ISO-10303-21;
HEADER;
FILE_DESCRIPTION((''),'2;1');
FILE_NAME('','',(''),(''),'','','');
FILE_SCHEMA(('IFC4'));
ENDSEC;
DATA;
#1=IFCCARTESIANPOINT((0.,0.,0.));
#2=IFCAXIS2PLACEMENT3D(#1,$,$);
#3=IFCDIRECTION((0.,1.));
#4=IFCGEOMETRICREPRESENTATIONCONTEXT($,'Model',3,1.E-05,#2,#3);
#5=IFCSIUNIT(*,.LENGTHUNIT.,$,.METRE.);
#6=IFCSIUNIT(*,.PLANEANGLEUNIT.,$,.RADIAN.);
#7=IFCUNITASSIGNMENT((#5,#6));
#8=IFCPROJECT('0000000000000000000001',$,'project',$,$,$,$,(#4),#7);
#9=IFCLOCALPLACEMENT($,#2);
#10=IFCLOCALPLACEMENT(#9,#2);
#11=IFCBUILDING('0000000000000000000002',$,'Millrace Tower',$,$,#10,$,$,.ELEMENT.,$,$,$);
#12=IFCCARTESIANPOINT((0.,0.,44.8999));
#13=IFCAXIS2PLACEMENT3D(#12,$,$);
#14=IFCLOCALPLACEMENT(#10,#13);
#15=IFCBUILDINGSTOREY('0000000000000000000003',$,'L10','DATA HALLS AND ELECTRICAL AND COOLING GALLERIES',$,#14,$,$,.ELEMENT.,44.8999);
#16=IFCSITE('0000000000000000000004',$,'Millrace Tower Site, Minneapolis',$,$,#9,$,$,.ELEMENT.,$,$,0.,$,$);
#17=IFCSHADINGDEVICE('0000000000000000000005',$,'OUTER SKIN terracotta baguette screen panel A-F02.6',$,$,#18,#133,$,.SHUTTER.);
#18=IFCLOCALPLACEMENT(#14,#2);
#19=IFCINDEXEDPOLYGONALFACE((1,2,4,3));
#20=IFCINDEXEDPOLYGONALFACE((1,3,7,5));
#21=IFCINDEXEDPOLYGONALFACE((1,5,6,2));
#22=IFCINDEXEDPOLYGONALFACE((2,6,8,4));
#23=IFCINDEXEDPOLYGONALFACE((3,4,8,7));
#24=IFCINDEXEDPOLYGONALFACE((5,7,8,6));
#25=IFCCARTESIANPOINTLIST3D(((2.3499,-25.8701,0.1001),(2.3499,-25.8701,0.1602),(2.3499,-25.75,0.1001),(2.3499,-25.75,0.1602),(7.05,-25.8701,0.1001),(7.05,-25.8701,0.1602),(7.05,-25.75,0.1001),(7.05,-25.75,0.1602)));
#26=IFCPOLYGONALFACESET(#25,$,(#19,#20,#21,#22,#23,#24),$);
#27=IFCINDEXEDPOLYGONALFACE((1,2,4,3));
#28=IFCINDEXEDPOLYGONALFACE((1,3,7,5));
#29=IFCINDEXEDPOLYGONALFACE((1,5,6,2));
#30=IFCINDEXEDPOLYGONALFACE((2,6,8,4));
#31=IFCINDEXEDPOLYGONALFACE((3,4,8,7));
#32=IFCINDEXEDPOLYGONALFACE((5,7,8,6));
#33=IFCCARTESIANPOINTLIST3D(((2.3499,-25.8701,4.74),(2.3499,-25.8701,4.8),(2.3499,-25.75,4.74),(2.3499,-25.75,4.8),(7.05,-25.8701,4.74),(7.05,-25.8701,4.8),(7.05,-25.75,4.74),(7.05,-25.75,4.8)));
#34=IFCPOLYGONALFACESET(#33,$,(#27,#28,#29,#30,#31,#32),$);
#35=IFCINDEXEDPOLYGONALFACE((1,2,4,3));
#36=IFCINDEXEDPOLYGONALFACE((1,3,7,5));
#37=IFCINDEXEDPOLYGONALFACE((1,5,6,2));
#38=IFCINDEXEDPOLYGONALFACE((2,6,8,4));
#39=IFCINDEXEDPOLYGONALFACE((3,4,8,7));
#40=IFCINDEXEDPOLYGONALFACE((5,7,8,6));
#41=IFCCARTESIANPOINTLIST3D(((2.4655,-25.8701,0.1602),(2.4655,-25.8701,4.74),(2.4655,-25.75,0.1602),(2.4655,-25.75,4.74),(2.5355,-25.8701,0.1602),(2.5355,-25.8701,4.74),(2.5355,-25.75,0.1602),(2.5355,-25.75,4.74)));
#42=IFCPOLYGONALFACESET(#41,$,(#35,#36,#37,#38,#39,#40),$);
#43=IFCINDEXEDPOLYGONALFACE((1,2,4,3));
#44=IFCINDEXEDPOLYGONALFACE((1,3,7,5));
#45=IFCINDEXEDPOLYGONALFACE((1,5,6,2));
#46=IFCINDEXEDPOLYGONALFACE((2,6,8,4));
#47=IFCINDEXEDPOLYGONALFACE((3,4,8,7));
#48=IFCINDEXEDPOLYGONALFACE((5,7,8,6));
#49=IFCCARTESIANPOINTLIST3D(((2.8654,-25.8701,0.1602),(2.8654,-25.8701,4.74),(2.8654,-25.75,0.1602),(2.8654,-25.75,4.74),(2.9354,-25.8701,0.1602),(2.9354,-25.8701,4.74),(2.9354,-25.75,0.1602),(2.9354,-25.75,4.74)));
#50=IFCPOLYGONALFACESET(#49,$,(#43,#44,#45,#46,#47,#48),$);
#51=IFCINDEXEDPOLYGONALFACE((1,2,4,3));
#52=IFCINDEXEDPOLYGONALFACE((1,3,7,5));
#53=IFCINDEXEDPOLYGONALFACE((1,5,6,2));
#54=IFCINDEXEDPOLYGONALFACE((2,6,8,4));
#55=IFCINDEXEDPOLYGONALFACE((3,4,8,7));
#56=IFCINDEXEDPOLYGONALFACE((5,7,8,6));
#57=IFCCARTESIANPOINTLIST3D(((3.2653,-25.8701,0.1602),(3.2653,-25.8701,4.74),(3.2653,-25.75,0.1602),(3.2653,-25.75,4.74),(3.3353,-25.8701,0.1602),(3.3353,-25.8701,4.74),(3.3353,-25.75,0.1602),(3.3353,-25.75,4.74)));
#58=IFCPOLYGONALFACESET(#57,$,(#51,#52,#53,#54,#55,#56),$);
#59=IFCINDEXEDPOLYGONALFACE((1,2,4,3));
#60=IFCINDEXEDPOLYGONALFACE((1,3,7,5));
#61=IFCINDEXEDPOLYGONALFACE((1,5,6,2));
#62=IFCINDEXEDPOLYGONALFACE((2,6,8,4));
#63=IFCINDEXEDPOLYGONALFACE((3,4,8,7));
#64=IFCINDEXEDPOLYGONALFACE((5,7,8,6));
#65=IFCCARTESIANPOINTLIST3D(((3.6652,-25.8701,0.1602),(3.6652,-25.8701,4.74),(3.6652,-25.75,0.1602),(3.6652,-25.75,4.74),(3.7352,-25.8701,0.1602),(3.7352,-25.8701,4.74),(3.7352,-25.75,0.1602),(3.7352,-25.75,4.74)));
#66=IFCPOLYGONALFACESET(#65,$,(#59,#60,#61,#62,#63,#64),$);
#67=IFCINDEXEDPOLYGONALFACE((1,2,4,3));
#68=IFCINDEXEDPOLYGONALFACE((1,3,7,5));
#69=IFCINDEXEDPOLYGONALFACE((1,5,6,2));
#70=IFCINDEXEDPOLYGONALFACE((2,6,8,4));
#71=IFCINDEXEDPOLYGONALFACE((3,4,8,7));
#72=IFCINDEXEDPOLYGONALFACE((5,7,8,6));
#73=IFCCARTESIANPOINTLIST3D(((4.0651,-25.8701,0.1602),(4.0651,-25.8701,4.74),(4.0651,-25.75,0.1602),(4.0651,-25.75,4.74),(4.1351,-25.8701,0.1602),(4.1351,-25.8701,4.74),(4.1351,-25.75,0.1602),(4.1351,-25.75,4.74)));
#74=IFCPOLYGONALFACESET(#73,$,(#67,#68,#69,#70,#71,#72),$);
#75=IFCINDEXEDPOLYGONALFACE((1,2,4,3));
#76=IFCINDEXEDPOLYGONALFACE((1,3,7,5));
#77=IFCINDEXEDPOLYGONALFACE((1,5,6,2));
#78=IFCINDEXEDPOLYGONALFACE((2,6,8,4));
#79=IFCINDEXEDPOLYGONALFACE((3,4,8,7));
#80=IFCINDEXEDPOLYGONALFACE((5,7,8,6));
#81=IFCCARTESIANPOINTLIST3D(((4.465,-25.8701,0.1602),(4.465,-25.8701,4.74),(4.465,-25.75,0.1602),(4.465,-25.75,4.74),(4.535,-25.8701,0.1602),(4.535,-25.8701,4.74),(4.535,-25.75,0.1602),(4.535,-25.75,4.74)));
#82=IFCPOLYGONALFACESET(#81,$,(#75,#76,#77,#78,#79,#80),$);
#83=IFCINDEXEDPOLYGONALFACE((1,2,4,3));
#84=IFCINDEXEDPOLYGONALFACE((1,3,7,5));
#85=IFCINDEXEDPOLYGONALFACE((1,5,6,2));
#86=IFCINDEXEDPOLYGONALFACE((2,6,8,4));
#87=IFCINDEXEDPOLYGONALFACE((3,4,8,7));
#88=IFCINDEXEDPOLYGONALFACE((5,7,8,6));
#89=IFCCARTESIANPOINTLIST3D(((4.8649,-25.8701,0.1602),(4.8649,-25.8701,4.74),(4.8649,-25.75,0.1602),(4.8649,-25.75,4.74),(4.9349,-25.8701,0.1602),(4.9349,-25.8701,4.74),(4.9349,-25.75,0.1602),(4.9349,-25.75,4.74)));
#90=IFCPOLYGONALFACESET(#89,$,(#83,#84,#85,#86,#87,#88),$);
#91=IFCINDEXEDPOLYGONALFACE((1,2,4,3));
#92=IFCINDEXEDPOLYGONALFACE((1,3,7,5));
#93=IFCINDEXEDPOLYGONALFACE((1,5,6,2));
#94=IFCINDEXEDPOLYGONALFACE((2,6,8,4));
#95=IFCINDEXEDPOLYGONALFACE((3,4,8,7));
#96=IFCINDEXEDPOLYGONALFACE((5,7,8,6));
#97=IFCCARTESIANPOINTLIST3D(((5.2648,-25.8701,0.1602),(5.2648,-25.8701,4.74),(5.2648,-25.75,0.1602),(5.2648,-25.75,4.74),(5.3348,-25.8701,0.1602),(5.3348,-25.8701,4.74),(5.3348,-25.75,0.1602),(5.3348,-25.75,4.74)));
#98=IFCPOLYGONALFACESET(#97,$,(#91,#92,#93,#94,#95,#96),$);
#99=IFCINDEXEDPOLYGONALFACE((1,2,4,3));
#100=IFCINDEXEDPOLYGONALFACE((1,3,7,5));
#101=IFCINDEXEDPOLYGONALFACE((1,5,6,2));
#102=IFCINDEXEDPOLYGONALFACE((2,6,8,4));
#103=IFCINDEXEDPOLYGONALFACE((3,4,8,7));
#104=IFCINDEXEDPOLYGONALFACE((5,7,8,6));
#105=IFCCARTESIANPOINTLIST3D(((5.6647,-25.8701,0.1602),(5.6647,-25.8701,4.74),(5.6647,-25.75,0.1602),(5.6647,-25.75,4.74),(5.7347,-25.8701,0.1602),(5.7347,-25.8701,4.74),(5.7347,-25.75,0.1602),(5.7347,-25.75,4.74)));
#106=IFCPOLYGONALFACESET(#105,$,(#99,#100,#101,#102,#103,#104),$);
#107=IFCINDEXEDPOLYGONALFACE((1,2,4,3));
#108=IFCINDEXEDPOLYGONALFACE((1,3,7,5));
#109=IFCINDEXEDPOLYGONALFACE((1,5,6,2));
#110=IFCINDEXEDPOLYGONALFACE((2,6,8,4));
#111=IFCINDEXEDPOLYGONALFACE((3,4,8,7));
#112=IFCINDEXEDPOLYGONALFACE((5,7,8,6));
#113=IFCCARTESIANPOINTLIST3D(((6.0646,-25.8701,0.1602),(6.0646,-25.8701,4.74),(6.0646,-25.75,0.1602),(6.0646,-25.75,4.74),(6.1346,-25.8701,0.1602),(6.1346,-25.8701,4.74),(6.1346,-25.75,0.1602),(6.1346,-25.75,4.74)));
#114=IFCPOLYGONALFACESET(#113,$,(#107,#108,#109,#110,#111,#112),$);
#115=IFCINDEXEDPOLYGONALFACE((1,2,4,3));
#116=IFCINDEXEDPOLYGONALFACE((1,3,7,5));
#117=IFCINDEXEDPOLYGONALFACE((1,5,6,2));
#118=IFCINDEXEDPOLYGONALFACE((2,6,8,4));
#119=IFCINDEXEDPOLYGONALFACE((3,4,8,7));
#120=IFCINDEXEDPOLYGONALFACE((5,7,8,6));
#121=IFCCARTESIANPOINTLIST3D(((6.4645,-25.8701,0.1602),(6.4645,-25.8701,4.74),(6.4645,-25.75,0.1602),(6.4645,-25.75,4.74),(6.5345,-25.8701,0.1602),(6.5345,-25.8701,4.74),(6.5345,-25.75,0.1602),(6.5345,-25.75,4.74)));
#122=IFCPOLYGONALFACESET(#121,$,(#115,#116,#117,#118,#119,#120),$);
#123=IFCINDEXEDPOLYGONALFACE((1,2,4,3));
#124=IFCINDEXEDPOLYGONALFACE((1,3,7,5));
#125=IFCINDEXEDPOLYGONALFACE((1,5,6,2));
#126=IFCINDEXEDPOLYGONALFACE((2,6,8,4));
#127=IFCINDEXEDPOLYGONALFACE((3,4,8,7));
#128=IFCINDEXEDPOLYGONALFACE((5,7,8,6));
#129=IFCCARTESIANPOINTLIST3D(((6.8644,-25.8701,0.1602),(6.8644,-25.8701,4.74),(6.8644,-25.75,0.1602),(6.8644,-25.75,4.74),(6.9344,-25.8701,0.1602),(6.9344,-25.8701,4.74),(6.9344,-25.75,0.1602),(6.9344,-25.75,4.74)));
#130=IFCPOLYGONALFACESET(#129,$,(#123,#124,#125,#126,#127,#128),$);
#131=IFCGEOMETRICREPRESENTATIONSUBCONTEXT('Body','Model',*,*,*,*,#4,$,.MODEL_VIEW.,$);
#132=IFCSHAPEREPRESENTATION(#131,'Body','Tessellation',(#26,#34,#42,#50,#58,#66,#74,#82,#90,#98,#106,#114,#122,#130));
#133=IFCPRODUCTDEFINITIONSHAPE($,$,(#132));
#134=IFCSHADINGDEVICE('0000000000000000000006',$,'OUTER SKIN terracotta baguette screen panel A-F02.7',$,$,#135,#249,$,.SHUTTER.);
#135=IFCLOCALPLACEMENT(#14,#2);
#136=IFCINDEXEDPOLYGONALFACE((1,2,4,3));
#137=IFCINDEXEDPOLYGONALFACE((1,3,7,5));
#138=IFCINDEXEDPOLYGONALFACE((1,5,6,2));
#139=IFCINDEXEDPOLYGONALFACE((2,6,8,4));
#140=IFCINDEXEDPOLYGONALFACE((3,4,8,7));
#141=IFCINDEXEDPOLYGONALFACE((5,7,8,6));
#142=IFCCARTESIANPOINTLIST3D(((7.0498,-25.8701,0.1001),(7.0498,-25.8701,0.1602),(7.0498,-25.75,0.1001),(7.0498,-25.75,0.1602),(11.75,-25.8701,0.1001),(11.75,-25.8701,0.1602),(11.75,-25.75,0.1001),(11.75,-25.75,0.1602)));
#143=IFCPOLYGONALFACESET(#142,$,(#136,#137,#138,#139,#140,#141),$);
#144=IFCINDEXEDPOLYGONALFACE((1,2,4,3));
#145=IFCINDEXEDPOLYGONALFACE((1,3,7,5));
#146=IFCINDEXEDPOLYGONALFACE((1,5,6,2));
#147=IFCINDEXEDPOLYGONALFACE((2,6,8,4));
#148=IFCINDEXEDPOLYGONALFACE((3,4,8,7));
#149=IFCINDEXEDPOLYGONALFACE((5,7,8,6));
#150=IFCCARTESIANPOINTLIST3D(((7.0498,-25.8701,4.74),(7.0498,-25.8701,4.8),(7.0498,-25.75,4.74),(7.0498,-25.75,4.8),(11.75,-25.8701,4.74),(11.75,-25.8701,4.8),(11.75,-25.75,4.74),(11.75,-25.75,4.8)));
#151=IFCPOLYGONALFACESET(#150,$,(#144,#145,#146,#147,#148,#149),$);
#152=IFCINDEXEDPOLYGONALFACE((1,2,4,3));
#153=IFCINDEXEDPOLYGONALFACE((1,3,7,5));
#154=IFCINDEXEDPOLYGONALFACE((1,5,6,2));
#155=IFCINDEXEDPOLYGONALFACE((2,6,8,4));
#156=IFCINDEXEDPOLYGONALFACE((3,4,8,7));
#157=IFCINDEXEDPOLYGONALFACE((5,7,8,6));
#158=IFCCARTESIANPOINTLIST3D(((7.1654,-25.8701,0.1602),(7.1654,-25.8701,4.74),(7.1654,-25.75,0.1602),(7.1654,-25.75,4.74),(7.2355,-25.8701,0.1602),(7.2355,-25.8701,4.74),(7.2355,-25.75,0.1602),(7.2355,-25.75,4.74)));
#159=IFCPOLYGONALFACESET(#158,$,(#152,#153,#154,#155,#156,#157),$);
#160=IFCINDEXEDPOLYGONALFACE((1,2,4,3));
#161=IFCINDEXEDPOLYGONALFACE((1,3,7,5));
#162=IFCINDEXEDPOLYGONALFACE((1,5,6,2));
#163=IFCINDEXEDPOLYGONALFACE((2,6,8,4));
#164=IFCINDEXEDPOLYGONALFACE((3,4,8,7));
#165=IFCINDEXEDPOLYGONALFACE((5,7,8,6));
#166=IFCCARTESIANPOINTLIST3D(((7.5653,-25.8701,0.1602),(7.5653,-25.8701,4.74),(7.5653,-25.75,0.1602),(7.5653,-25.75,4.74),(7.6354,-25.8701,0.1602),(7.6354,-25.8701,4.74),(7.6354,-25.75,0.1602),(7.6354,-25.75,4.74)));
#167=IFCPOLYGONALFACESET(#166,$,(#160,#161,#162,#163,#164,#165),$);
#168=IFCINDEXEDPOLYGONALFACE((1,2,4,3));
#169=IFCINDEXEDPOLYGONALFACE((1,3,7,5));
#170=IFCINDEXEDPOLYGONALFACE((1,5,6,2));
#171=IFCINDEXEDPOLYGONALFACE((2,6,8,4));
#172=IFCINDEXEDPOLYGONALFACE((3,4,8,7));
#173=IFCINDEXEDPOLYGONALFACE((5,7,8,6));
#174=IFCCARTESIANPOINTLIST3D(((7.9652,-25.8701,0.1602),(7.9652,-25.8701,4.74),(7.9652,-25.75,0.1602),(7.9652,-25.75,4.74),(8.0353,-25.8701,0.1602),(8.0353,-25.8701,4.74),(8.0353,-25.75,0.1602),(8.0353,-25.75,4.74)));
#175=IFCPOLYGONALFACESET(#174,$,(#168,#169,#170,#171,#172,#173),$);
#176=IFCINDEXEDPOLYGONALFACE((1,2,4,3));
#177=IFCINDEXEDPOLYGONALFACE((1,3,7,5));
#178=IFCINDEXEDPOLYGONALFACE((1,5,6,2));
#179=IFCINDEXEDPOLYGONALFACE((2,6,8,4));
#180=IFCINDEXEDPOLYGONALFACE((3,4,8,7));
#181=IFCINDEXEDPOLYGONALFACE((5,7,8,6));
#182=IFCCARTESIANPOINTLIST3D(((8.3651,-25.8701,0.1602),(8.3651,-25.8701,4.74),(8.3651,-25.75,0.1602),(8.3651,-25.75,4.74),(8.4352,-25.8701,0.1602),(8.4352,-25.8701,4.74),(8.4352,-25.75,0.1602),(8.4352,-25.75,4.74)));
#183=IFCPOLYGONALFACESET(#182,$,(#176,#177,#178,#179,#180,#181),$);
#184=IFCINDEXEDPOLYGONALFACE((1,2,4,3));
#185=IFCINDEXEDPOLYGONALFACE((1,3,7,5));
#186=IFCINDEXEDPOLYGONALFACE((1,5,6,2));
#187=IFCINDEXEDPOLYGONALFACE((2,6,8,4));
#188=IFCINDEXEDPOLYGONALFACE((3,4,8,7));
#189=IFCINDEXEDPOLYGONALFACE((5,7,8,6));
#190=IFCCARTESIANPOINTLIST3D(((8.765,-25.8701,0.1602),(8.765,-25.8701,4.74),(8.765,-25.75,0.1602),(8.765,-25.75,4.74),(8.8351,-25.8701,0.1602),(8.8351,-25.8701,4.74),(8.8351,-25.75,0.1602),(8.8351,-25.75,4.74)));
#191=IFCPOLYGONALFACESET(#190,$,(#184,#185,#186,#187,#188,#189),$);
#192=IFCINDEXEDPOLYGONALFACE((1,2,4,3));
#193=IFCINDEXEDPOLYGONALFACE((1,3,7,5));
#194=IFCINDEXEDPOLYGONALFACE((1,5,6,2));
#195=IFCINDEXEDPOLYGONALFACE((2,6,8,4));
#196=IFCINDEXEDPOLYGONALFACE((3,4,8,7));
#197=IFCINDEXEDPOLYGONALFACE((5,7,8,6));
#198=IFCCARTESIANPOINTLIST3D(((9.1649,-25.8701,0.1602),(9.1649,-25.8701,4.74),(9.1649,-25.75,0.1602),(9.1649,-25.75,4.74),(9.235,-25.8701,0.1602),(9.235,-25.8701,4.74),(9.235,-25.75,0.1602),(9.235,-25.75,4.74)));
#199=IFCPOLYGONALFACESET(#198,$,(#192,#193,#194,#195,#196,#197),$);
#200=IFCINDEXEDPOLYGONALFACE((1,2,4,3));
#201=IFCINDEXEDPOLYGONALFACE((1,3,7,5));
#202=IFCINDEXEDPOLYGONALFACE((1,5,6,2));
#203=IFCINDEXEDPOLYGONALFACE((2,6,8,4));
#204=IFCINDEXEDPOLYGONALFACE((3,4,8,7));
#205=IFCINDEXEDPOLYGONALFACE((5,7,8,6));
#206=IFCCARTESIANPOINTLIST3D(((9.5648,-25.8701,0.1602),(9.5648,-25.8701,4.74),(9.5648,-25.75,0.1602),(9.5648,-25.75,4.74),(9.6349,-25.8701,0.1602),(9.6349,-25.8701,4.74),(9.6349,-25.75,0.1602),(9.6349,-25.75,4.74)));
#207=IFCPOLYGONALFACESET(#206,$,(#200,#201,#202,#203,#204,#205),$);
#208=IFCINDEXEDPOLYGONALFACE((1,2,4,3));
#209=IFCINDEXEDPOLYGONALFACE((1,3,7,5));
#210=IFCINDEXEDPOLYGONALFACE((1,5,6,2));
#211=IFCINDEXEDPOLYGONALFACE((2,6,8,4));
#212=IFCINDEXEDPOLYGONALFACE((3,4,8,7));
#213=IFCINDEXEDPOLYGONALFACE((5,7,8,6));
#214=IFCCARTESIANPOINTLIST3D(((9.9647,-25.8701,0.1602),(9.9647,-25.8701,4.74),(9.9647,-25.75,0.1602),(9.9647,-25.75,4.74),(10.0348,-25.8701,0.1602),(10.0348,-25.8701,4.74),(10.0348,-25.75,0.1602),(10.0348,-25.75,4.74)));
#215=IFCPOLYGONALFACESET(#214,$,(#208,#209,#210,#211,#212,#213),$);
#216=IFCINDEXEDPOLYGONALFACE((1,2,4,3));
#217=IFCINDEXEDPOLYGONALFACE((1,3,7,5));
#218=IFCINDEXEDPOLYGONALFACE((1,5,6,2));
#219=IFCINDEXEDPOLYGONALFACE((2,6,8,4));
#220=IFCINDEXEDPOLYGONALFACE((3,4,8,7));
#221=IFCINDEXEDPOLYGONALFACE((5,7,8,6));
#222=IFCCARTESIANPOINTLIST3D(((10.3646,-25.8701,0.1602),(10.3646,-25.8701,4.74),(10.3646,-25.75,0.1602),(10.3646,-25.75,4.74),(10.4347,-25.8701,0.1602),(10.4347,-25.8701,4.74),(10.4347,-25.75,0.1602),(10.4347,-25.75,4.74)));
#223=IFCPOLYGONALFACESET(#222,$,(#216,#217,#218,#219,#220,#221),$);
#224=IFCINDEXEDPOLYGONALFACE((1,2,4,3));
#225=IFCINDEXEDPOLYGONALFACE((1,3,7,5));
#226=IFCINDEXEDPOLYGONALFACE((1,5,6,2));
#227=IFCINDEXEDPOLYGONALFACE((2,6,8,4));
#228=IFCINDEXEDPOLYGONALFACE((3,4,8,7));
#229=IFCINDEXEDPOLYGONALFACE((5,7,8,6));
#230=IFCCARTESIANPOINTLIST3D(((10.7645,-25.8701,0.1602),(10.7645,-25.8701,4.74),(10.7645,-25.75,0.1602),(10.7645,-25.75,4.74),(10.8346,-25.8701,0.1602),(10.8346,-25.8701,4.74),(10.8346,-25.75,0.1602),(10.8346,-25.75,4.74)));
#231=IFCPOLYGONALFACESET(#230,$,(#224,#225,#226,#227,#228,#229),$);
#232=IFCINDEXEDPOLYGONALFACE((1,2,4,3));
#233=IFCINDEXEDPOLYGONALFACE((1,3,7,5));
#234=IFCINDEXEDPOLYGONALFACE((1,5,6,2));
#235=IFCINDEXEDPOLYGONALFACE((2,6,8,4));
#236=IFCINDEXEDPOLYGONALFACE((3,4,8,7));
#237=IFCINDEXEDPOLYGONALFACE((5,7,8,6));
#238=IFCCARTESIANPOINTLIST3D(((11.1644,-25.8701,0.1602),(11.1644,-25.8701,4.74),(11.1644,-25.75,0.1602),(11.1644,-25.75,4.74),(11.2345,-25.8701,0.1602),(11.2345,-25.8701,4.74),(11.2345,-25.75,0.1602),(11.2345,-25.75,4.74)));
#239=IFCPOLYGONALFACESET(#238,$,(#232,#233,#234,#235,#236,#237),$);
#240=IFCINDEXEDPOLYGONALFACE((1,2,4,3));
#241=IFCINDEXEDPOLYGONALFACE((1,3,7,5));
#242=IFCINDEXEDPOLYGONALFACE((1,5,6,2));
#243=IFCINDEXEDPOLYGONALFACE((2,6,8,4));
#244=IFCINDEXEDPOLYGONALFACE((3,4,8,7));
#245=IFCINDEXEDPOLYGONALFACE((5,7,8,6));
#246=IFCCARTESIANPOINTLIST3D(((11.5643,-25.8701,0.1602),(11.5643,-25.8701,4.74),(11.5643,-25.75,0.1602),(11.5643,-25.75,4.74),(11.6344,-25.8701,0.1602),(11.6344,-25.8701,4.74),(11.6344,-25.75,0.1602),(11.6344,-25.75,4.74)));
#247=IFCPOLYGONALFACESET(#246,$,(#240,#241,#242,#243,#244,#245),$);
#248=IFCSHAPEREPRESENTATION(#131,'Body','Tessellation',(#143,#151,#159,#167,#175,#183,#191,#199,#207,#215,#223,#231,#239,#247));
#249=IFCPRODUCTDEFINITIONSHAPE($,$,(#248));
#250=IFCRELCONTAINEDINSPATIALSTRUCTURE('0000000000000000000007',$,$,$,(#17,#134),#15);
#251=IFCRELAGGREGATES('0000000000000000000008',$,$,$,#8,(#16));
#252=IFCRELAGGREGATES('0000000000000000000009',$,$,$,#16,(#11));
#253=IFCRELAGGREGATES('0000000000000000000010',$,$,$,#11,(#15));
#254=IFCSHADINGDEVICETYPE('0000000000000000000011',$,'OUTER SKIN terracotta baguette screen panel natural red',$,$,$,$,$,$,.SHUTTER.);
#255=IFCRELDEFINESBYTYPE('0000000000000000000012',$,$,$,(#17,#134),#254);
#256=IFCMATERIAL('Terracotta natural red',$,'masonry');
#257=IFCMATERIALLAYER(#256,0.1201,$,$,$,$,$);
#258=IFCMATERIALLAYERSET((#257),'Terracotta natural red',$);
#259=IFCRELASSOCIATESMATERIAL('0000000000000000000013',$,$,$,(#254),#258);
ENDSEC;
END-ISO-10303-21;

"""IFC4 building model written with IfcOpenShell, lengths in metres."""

from ifc_helpers import new_model, entity, si_unit, direction, frame, frame_2d, origin, place, context, subcontext, project, spatial, rectangle, extrude, source, transform, mapped, material, layer, layer_set, type_object, element, save


model = new_model("IFC4")

# Units and contexts
model_context = context("Model", 3, precision=1e-05, world=origin(), true_north=direction((0.0, 1.0)))
body_context = subcontext(model_context, "Body", "Model", "MODEL_VIEW")
ifc_project = project(units=[si_unit("LENGTHUNIT", "METRE"), si_unit("PLANEANGLEUNIT", "RADIAN")], contexts=[model_context])

# Site, building, storey
site_placement = place(None, origin())
site = spatial("IfcSite", under=ifc_project, at=site_placement, Name="Millrace Tower Site, Minneapolis", CompositionType="ELEMENT", RefElevation=0.0)
building_placement = place(site_placement, origin())
building = spatial("IfcBuilding", under=site, at=building_placement, Name="Millrace Tower", CompositionType="ELEMENT")
storey_placement = place(building_placement, frame((0.0, 0.0, 44.8999)))
storey = spatial("IfcBuildingStorey", under=building, at=storey_placement, Name="L10", Description="DATA HALLS AND ELECTRICAL AND COOLING GALLERIES", CompositionType="ELEMENT", Elevation=44.8999)

# Shading devices
ifc_material_1 = material(Name="Terracotta natural red", Category="masonry")
ifc_layer_1 = layer(ifc_material_1, 0.1201)
ifc_layer_set_1 = layer_set([ifc_layer_1], Name="Terracotta natural red")
shading_device_type = type_object("IfcShadingDeviceType", Name="OUTER SKIN terracotta baguette screen panel natural red", PredefinedType="SHUTTER", material=ifc_layer_set_1)
cartesian_point = entity("IfcCartesianPoint", [-2.3501, 0.0601])
shared_polyline = entity("IfcPolyline", [cartesian_point, entity("IfcCartesianPoint", [2.3501, 0.0601]), entity("IfcCartesianPoint", [2.3501, -0.0601]), entity("IfcCartesianPoint", [-2.3501, -0.0601]), cartesian_point])
shared_shape = source(origin(), body_context, "Body", "SweptSolid", [
    entity("IfcExtrudedAreaSolid", entity("IfcArbitraryClosedProfileDef", "AREA", None, shared_polyline), entity("IfcAxis2Placement3D", entity("IfcCartesianPoint", [0.0, 0.0, 0.0])), entity("IfcDirection", [0.0, 0.0, 1.0]), 0.0601),
    entity("IfcExtrudedAreaSolid", entity("IfcArbitraryClosedProfileDef", "AREA", None, shared_polyline), entity("IfcAxis2Placement3D", entity("IfcCartesianPoint", [0.0, 0.0, 4.6399])), entity("IfcDirection", [0.0, 0.0, 1.0]), 0.0601),
    extrude(rectangle(XDim=0.0701, YDim=0.1201, at=frame_2d((-2.1995, 0.0))), frame((0.0, 0.0, 0.0601)), (0.0, 0.0, 1.0), 4.5798),
    extrude(rectangle(XDim=0.0701, YDim=0.1201, at=frame_2d((-1.7996, 0.0))), frame((0.0, 0.0, 0.0601)), (0.0, 0.0, 1.0), 4.5798),
    extrude(rectangle(XDim=0.0701, YDim=0.1201, at=frame_2d((-1.3997, 0.0))), frame((0.0, 0.0, 0.0601)), (0.0, 0.0, 1.0), 4.5798),
    extrude(rectangle(XDim=0.0701, YDim=0.1201, at=frame_2d((-0.9998, 0.0))), frame((0.0, 0.0, 0.0601)), (0.0, 0.0, 1.0), 4.5798),
    extrude(rectangle(XDim=0.0701, YDim=0.1201, at=frame_2d((-0.5999, 0.0))), frame((0.0, 0.0, 0.0601)), (0.0, 0.0, 1.0), 4.5798),
    extrude(rectangle(XDim=0.0701, YDim=0.1201, at=frame_2d((-0.2, 0.0))), frame((0.0, 0.0, 0.0601)), (0.0, 0.0, 1.0), 4.5798),
    extrude(rectangle(XDim=0.0701, YDim=0.1201, at=frame_2d((0.2, 0.0))), frame((0.0, 0.0, 0.0601)), (0.0, 0.0, 1.0), 4.5798),
    extrude(rectangle(XDim=0.0701, YDim=0.1201, at=frame_2d((0.5999, 0.0))), frame((0.0, 0.0, 0.0601)), (0.0, 0.0, 1.0), 4.5798),
    extrude(rectangle(XDim=0.0701, YDim=0.1201, at=frame_2d((0.9998, 0.0))), frame((0.0, 0.0, 0.0601)), (0.0, 0.0, 1.0), 4.5798),
    extrude(rectangle(XDim=0.0701, YDim=0.1201, at=frame_2d((1.3997, 0.0))), frame((0.0, 0.0, 0.0601)), (0.0, 0.0, 1.0), 4.5798),
    extrude(rectangle(XDim=0.0701, YDim=0.1201, at=frame_2d((1.7996, 0.0))), frame((0.0, 0.0, 0.0601)), (0.0, 0.0, 1.0), 4.5798),
    extrude(rectangle(XDim=0.0701, YDim=0.1201, at=frame_2d((2.1995, 0.0))), frame((0.0, 0.0, 0.0601)), (0.0, 0.0, 1.0), 4.5798),
])
for number, where, z_axis, x_axis, name in (
    (1, (4.7, -25.8101, 0.1001), (0.0, 0.0, 1.0), (1.0, 0.0, 0.0), "OUTER SKIN terracotta baguette screen panel A-F02.6"),
    (2, (9.3999, -25.8101, 0.1001), (0.0, 0.0, 1.0), (1.0, 0.0, 0.0), "OUTER SKIN terracotta baguette screen panel A-F02.7"),
):
    element("IfcShadingDevice", number, at=place(storey_placement, frame(where, z_axis=z_axis, x_axis=x_axis)), inside=storey, type_object=shading_device_type, Name=name, PredefinedType="SHUTTER", context=body_context, shape_type="MappedRepresentation", body=[
        mapped(shared_shape, transform((0.0, 0.0, 0.0), scale=1.0)),
    ])

save(model, "model.ifc")
